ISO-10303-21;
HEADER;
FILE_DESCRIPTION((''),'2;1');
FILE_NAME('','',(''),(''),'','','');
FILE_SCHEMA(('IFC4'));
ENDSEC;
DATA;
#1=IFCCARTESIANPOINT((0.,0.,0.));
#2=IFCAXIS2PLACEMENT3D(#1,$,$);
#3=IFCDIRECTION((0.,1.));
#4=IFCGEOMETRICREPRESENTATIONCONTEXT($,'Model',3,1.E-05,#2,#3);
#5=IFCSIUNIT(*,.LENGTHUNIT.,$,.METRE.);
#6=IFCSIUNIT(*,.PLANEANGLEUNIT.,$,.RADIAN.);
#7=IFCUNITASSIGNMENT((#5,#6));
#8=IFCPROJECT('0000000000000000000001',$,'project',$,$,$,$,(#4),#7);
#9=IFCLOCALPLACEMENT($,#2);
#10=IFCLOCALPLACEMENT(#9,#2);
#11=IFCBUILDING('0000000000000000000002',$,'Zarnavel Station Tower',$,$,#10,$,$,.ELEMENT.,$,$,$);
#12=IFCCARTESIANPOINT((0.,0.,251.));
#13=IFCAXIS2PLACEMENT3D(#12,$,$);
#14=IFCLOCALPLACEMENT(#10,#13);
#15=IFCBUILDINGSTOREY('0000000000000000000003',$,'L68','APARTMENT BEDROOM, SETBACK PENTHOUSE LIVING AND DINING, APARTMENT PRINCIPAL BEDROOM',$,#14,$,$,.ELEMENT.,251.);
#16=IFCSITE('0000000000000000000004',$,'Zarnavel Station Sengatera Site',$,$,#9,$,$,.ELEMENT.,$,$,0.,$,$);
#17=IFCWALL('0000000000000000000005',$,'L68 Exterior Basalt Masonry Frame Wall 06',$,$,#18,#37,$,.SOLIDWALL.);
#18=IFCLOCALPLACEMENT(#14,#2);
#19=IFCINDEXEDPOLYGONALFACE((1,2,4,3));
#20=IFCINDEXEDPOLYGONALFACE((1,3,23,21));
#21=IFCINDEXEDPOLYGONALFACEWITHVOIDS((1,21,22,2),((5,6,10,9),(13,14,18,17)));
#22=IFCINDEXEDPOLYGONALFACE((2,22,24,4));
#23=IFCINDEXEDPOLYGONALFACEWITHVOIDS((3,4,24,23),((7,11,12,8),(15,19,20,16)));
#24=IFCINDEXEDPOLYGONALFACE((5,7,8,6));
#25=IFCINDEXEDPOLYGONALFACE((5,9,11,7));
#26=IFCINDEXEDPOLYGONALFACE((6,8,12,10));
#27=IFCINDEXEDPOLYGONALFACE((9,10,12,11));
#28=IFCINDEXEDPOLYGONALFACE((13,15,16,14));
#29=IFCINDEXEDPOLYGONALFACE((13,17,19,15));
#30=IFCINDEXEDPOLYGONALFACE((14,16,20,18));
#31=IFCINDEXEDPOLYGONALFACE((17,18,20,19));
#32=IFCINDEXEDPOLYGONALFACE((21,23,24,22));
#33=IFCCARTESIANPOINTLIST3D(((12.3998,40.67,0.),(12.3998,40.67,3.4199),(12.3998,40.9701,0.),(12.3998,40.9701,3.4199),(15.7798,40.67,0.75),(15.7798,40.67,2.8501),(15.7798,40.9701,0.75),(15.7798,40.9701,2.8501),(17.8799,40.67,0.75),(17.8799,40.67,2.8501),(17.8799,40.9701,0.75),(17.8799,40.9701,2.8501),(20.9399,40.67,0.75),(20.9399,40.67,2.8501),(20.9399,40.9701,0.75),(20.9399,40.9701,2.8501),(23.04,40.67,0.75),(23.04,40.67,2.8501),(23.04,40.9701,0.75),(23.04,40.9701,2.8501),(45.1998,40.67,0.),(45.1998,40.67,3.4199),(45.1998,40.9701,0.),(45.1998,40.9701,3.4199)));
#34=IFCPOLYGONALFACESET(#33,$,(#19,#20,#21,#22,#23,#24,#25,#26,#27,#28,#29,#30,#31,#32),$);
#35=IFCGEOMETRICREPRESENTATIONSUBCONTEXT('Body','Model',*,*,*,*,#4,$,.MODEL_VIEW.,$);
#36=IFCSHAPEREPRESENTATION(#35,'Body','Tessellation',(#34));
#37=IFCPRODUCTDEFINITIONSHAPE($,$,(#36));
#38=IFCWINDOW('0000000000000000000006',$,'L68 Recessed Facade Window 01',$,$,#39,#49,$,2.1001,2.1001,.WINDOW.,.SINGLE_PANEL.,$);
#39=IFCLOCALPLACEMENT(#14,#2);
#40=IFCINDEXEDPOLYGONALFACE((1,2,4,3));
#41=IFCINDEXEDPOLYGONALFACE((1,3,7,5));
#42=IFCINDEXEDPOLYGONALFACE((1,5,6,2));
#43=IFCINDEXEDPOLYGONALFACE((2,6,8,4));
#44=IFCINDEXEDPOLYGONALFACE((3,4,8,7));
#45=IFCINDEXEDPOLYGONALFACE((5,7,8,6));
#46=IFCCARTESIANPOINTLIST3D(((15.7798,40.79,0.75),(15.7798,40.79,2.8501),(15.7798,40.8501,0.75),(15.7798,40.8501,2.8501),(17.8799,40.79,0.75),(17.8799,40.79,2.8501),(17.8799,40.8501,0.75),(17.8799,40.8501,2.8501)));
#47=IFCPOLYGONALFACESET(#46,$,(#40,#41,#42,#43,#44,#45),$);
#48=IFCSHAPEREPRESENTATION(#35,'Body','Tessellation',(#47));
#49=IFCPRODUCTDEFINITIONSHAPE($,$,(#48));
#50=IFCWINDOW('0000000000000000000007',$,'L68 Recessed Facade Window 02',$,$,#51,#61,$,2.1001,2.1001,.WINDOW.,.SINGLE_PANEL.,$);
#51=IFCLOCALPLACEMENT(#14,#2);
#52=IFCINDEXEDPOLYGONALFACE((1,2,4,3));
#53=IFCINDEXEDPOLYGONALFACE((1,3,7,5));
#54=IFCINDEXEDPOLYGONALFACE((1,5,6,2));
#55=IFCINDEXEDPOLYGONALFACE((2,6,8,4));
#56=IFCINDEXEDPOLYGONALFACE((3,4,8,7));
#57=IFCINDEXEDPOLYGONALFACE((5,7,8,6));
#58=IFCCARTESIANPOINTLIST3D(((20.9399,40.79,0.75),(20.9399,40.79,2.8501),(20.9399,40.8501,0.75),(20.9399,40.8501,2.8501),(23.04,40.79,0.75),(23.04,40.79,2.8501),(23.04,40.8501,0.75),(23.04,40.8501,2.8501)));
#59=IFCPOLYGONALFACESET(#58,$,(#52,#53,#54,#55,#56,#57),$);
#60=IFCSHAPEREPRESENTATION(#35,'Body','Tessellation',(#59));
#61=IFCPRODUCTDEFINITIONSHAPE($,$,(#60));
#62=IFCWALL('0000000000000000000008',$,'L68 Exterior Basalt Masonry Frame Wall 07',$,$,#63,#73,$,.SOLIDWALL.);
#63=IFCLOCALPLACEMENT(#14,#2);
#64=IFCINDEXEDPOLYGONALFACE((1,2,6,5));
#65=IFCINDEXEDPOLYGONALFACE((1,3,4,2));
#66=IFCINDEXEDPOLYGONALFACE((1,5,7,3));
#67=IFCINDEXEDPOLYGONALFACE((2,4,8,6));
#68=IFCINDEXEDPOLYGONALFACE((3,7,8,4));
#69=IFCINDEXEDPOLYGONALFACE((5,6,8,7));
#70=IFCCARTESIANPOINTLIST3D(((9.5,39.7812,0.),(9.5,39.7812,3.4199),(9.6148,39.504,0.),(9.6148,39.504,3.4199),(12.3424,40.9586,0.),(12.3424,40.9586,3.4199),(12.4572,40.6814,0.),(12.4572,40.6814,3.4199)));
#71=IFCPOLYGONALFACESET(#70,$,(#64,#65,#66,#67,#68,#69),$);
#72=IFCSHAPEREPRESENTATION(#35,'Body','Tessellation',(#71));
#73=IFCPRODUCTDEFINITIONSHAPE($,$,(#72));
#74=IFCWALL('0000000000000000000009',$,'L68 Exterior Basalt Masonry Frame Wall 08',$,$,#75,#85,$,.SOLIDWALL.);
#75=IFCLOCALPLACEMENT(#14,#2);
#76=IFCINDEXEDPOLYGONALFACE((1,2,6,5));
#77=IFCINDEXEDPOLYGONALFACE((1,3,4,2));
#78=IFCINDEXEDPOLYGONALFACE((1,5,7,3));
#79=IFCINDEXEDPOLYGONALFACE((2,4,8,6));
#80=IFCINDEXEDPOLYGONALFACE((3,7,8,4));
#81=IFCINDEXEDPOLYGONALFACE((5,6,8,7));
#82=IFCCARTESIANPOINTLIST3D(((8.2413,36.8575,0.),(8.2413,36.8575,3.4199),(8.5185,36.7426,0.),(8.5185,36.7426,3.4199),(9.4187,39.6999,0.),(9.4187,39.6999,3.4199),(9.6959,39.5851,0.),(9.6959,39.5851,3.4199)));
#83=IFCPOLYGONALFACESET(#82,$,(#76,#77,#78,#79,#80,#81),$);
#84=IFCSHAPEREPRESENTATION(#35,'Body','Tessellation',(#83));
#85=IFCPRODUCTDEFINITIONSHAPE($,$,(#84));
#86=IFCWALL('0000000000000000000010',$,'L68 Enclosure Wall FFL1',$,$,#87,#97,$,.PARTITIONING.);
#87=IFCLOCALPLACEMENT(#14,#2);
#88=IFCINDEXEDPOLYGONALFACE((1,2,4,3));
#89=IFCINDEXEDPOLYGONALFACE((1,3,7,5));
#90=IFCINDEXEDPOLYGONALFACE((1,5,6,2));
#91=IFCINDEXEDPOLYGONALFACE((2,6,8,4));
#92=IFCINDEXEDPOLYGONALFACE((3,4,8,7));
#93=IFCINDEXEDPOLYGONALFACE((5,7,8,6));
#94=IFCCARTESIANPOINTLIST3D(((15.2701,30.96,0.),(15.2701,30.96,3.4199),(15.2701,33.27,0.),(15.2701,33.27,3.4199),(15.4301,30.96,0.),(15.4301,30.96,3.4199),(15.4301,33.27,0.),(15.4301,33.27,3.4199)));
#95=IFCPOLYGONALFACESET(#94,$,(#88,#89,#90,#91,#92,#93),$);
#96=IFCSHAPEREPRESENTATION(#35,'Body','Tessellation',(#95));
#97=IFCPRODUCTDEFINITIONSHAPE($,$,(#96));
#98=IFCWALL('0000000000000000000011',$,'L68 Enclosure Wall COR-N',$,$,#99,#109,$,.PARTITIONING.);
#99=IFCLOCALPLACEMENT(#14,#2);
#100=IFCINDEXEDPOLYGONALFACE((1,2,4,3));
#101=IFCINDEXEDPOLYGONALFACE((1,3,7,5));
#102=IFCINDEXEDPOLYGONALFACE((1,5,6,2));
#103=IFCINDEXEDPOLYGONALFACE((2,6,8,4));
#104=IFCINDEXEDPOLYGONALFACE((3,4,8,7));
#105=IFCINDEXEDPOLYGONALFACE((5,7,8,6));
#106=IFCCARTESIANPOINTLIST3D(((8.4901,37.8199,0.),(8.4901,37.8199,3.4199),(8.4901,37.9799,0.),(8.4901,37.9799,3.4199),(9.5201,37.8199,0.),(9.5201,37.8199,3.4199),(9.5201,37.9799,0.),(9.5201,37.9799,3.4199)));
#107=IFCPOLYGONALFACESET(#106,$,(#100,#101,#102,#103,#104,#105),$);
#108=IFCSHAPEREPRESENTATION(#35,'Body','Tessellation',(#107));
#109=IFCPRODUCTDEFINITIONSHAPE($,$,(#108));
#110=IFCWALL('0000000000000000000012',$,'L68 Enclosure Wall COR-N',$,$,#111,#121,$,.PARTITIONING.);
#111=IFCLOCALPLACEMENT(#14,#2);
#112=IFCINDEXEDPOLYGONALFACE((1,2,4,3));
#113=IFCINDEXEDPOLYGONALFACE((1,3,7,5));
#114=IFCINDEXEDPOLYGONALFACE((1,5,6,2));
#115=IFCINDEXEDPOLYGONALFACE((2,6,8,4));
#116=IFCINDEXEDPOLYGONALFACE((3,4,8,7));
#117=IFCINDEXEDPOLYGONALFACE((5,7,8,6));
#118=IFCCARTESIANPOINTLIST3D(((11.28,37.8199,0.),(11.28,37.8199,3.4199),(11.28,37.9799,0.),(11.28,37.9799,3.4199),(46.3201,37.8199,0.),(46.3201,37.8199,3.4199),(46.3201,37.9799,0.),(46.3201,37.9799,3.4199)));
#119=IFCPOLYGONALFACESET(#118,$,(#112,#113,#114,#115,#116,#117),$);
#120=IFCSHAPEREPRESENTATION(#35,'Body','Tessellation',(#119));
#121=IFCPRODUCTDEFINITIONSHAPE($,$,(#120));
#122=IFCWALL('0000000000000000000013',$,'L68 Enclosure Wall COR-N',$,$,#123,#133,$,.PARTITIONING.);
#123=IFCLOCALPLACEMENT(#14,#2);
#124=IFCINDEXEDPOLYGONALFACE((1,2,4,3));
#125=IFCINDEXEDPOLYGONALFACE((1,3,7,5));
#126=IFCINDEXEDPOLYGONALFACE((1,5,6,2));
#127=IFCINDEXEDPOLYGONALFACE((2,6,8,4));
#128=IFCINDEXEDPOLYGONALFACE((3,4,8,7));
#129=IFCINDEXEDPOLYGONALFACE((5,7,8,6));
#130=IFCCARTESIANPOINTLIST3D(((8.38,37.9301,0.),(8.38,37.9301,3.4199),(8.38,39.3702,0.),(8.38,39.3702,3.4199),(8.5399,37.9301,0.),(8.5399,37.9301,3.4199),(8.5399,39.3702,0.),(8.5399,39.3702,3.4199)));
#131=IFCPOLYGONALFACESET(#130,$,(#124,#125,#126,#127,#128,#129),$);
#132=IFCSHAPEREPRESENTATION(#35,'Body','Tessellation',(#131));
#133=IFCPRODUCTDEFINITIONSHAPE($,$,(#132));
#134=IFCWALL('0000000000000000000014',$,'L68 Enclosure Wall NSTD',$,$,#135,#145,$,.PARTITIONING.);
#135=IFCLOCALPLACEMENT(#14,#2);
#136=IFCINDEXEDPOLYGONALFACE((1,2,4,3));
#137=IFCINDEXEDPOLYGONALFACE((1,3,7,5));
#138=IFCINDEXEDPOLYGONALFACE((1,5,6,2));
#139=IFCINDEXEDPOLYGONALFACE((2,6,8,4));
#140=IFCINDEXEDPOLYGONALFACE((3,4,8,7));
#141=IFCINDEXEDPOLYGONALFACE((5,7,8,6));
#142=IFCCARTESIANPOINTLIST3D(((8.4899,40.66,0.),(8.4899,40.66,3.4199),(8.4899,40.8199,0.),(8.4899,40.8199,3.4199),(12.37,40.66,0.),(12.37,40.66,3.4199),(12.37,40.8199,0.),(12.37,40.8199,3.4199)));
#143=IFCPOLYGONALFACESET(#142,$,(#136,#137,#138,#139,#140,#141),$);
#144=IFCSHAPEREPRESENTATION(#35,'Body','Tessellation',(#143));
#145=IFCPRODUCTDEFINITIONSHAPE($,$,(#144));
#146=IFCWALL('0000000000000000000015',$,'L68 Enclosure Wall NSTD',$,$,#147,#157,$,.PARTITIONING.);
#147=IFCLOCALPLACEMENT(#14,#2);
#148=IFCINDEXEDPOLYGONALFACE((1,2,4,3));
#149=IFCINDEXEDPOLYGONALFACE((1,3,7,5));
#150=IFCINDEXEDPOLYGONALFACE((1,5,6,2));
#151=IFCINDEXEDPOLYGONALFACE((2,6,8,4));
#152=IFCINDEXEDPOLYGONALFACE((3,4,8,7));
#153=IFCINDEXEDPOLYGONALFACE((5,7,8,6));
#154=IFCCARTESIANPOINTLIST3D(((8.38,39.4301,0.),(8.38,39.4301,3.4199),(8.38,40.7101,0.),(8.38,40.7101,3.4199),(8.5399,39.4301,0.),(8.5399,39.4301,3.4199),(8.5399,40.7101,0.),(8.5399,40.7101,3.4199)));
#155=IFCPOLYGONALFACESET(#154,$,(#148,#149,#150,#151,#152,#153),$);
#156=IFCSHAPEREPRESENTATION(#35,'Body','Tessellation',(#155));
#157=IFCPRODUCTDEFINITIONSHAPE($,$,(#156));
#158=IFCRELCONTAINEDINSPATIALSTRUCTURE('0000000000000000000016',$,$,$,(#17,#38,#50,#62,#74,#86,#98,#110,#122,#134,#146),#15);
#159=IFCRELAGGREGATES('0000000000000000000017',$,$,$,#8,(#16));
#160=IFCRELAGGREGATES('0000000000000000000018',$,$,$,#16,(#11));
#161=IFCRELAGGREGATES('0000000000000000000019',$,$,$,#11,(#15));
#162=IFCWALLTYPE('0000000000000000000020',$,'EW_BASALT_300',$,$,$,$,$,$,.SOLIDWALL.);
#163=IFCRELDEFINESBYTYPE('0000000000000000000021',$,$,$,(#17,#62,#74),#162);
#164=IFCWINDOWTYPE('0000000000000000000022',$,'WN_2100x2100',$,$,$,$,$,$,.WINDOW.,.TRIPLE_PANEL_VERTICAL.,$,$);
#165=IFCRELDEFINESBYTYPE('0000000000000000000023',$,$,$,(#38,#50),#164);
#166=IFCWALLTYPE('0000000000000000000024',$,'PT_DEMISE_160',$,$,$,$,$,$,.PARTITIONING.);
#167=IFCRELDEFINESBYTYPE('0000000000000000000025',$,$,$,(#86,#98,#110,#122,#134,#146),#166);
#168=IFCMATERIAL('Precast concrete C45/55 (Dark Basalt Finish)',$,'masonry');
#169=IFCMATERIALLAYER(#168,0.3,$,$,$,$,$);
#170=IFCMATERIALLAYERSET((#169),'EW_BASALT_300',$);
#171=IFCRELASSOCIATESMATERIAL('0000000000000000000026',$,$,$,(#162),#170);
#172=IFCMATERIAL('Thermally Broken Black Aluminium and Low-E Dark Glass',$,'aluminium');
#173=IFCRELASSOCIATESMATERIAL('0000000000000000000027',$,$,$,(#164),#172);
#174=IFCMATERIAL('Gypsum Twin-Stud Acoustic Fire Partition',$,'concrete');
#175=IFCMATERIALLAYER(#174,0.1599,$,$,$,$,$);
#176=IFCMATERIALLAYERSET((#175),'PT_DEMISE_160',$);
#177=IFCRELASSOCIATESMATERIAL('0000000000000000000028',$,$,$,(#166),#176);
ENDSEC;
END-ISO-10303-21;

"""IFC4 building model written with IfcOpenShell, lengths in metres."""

from ifc_helpers import new_model, si_unit, direction, frame, frame_2d, origin, place, context, subcontext, project, spatial, rectangle, extrude, material, layer, layer_set, type_object, element, fill, save


model = new_model("IFC4")

# Units and contexts
model_context = context("Model", 3, precision=1e-05, world=origin(), true_north=direction((0.0, 1.0)))
body_context = subcontext(model_context, "Body", "Model", "MODEL_VIEW")
ifc_project = project(units=[si_unit("LENGTHUNIT", "METRE"), si_unit("PLANEANGLEUNIT", "RADIAN")], contexts=[model_context])

# Site, building, storey
site_placement = place(None, origin())
site = spatial("IfcSite", under=ifc_project, at=site_placement, Name="Zarnavel Station Sengatera Site", CompositionType="ELEMENT", RefElevation=0.0)
building_placement = place(site_placement, origin())
building = spatial("IfcBuilding", under=site, at=building_placement, Name="Zarnavel Station Tower", CompositionType="ELEMENT")
storey_placement = place(building_placement, frame((0.0, 0.0, 251.0)))
storey = spatial("IfcBuildingStorey", under=building, at=storey_placement, Name="L68", Description="APARTMENT BEDROOM, SETBACK PENTHOUSE LIVING AND DINING, APARTMENT PRINCIPAL BEDROOM", CompositionType="ELEMENT", Elevation=251.0)

# Wall, openings, windows
ifc_material_1 = material(Name="Precast concrete C45/55 (Dark Basalt Finish)", Category="masonry")
ifc_layer_1 = layer(ifc_material_1, 0.3)
ifc_layer_set_1 = layer_set([ifc_layer_1], Name="EW_BASALT_300")
wall_type_1 = type_object("IfcWallType", Name="EW_BASALT_300", PredefinedType="SOLIDWALL", material=ifc_layer_set_1)
wall_1_placement = place(storey_placement, frame((12.3999, 40.8201, 0.0), z_axis=(0.0, 0.0, 1.0), x_axis=(1.0, 0.0, 0.0)))
wall_1 = element("IfcWall", 1, at=wall_1_placement, inside=storey, type_object=wall_type_1, Name="L68 Exterior Basalt Masonry Frame Wall 06", PredefinedType="SOLIDWALL", context=body_context, shape_type="SweptSolid", body=[
    extrude(rectangle(XDim=32.8, YDim=0.3, at=frame_2d((16.3999, 0.0))), origin(), (0.0, 0.0, 1.0), 3.4199),
])
opening_1_placement = place(wall_1_placement, frame((3.3799, 0.0, 0.75)))
opening_1 = element("IfcOpeningElement", 2, at=opening_1_placement, cuts=wall_1, PredefinedType="OPENING", context=body_context, shape_type="SweptSolid", body=[
    extrude(rectangle(XDim=2.1001, YDim=2.1001, at=frame_2d((1.05, 1.05))), frame((0.0, 0.1599, 0.0), z_axis=(0.0, -1.0, 0.0), x_axis=(1.0, 0.0, 0.0)), (0.0, 0.0, 1.0), 0.3201),
])
opening_2_placement = place(wall_1_placement, frame((8.54, 0.0, 0.75)))
opening_2 = element("IfcOpeningElement", 3, at=opening_2_placement, cuts=wall_1, PredefinedType="OPENING", context=body_context, shape_type="SweptSolid", body=[
    extrude(rectangle(XDim=2.1001, YDim=2.1001, at=frame_2d((1.05, 1.05))), frame((0.0, 0.1599, 0.0), z_axis=(0.0, -1.0, 0.0), x_axis=(1.0, 0.0, 0.0)), (0.0, 0.0, 1.0), 0.3201),
])
ifc_material_2 = material(Name="Thermally Broken Black Aluminium and Low-E Dark Glass", Category="aluminium")
window_type = type_object("IfcWindowType", Name="WN_2100x2100", PartitioningType="TRIPLE_PANEL_VERTICAL", PredefinedType="WINDOW", material=ifc_material_2)
window_1_placement = place(opening_1_placement, origin())
window_1 = element("IfcWindow", 4, at=window_1_placement, inside=storey, type_object=window_type, Name="L68 Recessed Facade Window 01", OverallHeight=2.1001, OverallWidth=2.1001, PartitioningType="SINGLE_PANEL", PredefinedType="WINDOW", context=body_context, shape_type="SweptSolid", body=[
    extrude(rectangle(XDim=2.1001, YDim=2.1001, at=frame_2d((1.05, 1.05))), frame((0.0, 0.03, 0.0), z_axis=(0.0, -1.0, 0.0), x_axis=(1.0, 0.0, 0.0)), (0.0, 0.0, 1.0), 0.0601),
])
fill(opening_1, window_1)
window_2_placement = place(opening_2_placement, origin())
window_2 = element("IfcWindow", 5, at=window_2_placement, inside=storey, type_object=window_type, Name="L68 Recessed Facade Window 02", OverallHeight=2.1001, OverallWidth=2.1001, PartitioningType="SINGLE_PANEL", PredefinedType="WINDOW", context=body_context, shape_type="SweptSolid", body=[
    extrude(rectangle(XDim=2.1001, YDim=2.1001, at=frame_2d((1.05, 1.05))), frame((0.0, 0.03, 0.0), z_axis=(0.0, -1.0, 0.0), x_axis=(1.0, 0.0, 0.0)), (0.0, 0.0, 1.0), 0.0601),
])
fill(opening_2, window_2)

# Walls
for number, where, z_axis, x_axis, name in (
    (6, (9.5574, 39.6426, 0.0), (0.0, 0.0, 1.0), (0.923871, 0.382705, 0.0), "L68 Exterior Basalt Masonry Frame Wall 07"),
    (7, (8.3799, 36.8, 0.0), (0.0, 0.0, 1.0), (0.382705, 0.923871, 0.0), "L68 Exterior Basalt Masonry Frame Wall 08"),
):
    element("IfcWall", number, at=place(storey_placement, frame(where, z_axis=z_axis, x_axis=x_axis)), inside=storey, type_object=wall_type_1, Name=name, PredefinedType="SOLIDWALL", context=body_context, shape_type="SweptSolid", body=[
        extrude(rectangle(XDim=3.0767, YDim=0.3, at=frame_2d((1.5383, 0.0))), origin(), (0.0, 0.0, 1.0), 3.4199),
    ])
ifc_material_3 = material(Name="Gypsum Twin-Stud Acoustic Fire Partition", Category="concrete")
ifc_layer_2 = layer(ifc_material_3, 0.1599)
ifc_layer_set_2 = layer_set([ifc_layer_2], Name="PT_DEMISE_160")
wall_type_2 = type_object("IfcWallType", Name="PT_DEMISE_160", PredefinedType="PARTITIONING", material=ifc_layer_set_2)
wall_2_placement = place(storey_placement, frame((15.3501, 30.96, 0.0), z_axis=(0.0, 0.0, 1.0), x_axis=(0.0, 1.0, 0.0)))
element("IfcWall", 8, at=wall_2_placement, inside=storey, type_object=wall_type_2, Name="L68 Enclosure Wall FFL1", PredefinedType="PARTITIONING", context=body_context, shape_type="SweptSolid", body=[
    extrude(rectangle(XDim=2.3101, YDim=0.1599, at=frame_2d((1.155, 0.0))), origin(), (0.0, 0.0, 1.0), 3.4199),
])
wall_3_placement = place(storey_placement, frame((8.49, 37.8999, 0.0), z_axis=(0.0, 0.0, 1.0), x_axis=(1.0, 0.0, 0.0)))
element("IfcWall", 9, at=wall_3_placement, inside=storey, type_object=wall_type_2, Name="L68 Enclosure Wall COR-N", PredefinedType="PARTITIONING", context=body_context, shape_type="SweptSolid", body=[
    extrude(rectangle(XDim=1.03, YDim=0.1599, at=frame_2d((0.5151, 0.0))), origin(), (0.0, 0.0, 1.0), 3.4199),
])
wall_4_placement = place(storey_placement, frame((11.28, 37.8999, 0.0), z_axis=(0.0, 0.0, 1.0), x_axis=(1.0, 0.0, 0.0)))
element("IfcWall", 10, at=wall_4_placement, inside=storey, type_object=wall_type_2, Name="L68 Enclosure Wall COR-N", PredefinedType="PARTITIONING", context=body_context, shape_type="SweptSolid", body=[
    extrude(rectangle(XDim=35.04, YDim=0.1599, at=frame_2d((17.52, 0.0))), origin(), (0.0, 0.0, 1.0), 3.4199),
])
wall_5_placement = place(storey_placement, frame((8.46, 37.9299, 0.0), z_axis=(0.0, 0.0, 1.0), x_axis=(0.0, 1.0, 0.0)))
element("IfcWall", 11, at=wall_5_placement, inside=storey, type_object=wall_type_2, Name="L68 Enclosure Wall COR-N", PredefinedType="PARTITIONING", context=body_context, shape_type="SweptSolid", body=[
    extrude(rectangle(XDim=1.4402, YDim=0.1599, at=frame_2d((0.7202, 0.0))), origin(), (0.0, 0.0, 1.0), 3.4199),
])
wall_6_placement = place(storey_placement, frame((8.49, 40.74, 0.0), z_axis=(0.0, 0.0, 1.0), x_axis=(1.0, 0.0, 0.0)))
element("IfcWall", 12, at=wall_6_placement, inside=storey, type_object=wall_type_2, Name="L68 Enclosure Wall NSTD", PredefinedType="PARTITIONING", context=body_context, shape_type="SweptSolid", body=[
    extrude(rectangle(XDim=3.8801, YDim=0.1599, at=frame_2d((1.9399, 0.0))), origin(), (0.0, 0.0, 1.0), 3.4199),
])
wall_7_placement = place(storey_placement, frame((8.46, 39.4299, 0.0), z_axis=(0.0, 0.0, 1.0), x_axis=(0.0, 1.0, 0.0)))
element("IfcWall", 13, at=wall_7_placement, inside=storey, type_object=wall_type_2, Name="L68 Enclosure Wall NSTD", PredefinedType="PARTITIONING", context=body_context, shape_type="SweptSolid", body=[
    extrude(rectangle(XDim=1.28, YDim=0.1599, at=frame_2d((0.6401, 0.0))), origin(), (0.0, 0.0, 1.0), 3.4199),
])

save(model, "model.ifc")
